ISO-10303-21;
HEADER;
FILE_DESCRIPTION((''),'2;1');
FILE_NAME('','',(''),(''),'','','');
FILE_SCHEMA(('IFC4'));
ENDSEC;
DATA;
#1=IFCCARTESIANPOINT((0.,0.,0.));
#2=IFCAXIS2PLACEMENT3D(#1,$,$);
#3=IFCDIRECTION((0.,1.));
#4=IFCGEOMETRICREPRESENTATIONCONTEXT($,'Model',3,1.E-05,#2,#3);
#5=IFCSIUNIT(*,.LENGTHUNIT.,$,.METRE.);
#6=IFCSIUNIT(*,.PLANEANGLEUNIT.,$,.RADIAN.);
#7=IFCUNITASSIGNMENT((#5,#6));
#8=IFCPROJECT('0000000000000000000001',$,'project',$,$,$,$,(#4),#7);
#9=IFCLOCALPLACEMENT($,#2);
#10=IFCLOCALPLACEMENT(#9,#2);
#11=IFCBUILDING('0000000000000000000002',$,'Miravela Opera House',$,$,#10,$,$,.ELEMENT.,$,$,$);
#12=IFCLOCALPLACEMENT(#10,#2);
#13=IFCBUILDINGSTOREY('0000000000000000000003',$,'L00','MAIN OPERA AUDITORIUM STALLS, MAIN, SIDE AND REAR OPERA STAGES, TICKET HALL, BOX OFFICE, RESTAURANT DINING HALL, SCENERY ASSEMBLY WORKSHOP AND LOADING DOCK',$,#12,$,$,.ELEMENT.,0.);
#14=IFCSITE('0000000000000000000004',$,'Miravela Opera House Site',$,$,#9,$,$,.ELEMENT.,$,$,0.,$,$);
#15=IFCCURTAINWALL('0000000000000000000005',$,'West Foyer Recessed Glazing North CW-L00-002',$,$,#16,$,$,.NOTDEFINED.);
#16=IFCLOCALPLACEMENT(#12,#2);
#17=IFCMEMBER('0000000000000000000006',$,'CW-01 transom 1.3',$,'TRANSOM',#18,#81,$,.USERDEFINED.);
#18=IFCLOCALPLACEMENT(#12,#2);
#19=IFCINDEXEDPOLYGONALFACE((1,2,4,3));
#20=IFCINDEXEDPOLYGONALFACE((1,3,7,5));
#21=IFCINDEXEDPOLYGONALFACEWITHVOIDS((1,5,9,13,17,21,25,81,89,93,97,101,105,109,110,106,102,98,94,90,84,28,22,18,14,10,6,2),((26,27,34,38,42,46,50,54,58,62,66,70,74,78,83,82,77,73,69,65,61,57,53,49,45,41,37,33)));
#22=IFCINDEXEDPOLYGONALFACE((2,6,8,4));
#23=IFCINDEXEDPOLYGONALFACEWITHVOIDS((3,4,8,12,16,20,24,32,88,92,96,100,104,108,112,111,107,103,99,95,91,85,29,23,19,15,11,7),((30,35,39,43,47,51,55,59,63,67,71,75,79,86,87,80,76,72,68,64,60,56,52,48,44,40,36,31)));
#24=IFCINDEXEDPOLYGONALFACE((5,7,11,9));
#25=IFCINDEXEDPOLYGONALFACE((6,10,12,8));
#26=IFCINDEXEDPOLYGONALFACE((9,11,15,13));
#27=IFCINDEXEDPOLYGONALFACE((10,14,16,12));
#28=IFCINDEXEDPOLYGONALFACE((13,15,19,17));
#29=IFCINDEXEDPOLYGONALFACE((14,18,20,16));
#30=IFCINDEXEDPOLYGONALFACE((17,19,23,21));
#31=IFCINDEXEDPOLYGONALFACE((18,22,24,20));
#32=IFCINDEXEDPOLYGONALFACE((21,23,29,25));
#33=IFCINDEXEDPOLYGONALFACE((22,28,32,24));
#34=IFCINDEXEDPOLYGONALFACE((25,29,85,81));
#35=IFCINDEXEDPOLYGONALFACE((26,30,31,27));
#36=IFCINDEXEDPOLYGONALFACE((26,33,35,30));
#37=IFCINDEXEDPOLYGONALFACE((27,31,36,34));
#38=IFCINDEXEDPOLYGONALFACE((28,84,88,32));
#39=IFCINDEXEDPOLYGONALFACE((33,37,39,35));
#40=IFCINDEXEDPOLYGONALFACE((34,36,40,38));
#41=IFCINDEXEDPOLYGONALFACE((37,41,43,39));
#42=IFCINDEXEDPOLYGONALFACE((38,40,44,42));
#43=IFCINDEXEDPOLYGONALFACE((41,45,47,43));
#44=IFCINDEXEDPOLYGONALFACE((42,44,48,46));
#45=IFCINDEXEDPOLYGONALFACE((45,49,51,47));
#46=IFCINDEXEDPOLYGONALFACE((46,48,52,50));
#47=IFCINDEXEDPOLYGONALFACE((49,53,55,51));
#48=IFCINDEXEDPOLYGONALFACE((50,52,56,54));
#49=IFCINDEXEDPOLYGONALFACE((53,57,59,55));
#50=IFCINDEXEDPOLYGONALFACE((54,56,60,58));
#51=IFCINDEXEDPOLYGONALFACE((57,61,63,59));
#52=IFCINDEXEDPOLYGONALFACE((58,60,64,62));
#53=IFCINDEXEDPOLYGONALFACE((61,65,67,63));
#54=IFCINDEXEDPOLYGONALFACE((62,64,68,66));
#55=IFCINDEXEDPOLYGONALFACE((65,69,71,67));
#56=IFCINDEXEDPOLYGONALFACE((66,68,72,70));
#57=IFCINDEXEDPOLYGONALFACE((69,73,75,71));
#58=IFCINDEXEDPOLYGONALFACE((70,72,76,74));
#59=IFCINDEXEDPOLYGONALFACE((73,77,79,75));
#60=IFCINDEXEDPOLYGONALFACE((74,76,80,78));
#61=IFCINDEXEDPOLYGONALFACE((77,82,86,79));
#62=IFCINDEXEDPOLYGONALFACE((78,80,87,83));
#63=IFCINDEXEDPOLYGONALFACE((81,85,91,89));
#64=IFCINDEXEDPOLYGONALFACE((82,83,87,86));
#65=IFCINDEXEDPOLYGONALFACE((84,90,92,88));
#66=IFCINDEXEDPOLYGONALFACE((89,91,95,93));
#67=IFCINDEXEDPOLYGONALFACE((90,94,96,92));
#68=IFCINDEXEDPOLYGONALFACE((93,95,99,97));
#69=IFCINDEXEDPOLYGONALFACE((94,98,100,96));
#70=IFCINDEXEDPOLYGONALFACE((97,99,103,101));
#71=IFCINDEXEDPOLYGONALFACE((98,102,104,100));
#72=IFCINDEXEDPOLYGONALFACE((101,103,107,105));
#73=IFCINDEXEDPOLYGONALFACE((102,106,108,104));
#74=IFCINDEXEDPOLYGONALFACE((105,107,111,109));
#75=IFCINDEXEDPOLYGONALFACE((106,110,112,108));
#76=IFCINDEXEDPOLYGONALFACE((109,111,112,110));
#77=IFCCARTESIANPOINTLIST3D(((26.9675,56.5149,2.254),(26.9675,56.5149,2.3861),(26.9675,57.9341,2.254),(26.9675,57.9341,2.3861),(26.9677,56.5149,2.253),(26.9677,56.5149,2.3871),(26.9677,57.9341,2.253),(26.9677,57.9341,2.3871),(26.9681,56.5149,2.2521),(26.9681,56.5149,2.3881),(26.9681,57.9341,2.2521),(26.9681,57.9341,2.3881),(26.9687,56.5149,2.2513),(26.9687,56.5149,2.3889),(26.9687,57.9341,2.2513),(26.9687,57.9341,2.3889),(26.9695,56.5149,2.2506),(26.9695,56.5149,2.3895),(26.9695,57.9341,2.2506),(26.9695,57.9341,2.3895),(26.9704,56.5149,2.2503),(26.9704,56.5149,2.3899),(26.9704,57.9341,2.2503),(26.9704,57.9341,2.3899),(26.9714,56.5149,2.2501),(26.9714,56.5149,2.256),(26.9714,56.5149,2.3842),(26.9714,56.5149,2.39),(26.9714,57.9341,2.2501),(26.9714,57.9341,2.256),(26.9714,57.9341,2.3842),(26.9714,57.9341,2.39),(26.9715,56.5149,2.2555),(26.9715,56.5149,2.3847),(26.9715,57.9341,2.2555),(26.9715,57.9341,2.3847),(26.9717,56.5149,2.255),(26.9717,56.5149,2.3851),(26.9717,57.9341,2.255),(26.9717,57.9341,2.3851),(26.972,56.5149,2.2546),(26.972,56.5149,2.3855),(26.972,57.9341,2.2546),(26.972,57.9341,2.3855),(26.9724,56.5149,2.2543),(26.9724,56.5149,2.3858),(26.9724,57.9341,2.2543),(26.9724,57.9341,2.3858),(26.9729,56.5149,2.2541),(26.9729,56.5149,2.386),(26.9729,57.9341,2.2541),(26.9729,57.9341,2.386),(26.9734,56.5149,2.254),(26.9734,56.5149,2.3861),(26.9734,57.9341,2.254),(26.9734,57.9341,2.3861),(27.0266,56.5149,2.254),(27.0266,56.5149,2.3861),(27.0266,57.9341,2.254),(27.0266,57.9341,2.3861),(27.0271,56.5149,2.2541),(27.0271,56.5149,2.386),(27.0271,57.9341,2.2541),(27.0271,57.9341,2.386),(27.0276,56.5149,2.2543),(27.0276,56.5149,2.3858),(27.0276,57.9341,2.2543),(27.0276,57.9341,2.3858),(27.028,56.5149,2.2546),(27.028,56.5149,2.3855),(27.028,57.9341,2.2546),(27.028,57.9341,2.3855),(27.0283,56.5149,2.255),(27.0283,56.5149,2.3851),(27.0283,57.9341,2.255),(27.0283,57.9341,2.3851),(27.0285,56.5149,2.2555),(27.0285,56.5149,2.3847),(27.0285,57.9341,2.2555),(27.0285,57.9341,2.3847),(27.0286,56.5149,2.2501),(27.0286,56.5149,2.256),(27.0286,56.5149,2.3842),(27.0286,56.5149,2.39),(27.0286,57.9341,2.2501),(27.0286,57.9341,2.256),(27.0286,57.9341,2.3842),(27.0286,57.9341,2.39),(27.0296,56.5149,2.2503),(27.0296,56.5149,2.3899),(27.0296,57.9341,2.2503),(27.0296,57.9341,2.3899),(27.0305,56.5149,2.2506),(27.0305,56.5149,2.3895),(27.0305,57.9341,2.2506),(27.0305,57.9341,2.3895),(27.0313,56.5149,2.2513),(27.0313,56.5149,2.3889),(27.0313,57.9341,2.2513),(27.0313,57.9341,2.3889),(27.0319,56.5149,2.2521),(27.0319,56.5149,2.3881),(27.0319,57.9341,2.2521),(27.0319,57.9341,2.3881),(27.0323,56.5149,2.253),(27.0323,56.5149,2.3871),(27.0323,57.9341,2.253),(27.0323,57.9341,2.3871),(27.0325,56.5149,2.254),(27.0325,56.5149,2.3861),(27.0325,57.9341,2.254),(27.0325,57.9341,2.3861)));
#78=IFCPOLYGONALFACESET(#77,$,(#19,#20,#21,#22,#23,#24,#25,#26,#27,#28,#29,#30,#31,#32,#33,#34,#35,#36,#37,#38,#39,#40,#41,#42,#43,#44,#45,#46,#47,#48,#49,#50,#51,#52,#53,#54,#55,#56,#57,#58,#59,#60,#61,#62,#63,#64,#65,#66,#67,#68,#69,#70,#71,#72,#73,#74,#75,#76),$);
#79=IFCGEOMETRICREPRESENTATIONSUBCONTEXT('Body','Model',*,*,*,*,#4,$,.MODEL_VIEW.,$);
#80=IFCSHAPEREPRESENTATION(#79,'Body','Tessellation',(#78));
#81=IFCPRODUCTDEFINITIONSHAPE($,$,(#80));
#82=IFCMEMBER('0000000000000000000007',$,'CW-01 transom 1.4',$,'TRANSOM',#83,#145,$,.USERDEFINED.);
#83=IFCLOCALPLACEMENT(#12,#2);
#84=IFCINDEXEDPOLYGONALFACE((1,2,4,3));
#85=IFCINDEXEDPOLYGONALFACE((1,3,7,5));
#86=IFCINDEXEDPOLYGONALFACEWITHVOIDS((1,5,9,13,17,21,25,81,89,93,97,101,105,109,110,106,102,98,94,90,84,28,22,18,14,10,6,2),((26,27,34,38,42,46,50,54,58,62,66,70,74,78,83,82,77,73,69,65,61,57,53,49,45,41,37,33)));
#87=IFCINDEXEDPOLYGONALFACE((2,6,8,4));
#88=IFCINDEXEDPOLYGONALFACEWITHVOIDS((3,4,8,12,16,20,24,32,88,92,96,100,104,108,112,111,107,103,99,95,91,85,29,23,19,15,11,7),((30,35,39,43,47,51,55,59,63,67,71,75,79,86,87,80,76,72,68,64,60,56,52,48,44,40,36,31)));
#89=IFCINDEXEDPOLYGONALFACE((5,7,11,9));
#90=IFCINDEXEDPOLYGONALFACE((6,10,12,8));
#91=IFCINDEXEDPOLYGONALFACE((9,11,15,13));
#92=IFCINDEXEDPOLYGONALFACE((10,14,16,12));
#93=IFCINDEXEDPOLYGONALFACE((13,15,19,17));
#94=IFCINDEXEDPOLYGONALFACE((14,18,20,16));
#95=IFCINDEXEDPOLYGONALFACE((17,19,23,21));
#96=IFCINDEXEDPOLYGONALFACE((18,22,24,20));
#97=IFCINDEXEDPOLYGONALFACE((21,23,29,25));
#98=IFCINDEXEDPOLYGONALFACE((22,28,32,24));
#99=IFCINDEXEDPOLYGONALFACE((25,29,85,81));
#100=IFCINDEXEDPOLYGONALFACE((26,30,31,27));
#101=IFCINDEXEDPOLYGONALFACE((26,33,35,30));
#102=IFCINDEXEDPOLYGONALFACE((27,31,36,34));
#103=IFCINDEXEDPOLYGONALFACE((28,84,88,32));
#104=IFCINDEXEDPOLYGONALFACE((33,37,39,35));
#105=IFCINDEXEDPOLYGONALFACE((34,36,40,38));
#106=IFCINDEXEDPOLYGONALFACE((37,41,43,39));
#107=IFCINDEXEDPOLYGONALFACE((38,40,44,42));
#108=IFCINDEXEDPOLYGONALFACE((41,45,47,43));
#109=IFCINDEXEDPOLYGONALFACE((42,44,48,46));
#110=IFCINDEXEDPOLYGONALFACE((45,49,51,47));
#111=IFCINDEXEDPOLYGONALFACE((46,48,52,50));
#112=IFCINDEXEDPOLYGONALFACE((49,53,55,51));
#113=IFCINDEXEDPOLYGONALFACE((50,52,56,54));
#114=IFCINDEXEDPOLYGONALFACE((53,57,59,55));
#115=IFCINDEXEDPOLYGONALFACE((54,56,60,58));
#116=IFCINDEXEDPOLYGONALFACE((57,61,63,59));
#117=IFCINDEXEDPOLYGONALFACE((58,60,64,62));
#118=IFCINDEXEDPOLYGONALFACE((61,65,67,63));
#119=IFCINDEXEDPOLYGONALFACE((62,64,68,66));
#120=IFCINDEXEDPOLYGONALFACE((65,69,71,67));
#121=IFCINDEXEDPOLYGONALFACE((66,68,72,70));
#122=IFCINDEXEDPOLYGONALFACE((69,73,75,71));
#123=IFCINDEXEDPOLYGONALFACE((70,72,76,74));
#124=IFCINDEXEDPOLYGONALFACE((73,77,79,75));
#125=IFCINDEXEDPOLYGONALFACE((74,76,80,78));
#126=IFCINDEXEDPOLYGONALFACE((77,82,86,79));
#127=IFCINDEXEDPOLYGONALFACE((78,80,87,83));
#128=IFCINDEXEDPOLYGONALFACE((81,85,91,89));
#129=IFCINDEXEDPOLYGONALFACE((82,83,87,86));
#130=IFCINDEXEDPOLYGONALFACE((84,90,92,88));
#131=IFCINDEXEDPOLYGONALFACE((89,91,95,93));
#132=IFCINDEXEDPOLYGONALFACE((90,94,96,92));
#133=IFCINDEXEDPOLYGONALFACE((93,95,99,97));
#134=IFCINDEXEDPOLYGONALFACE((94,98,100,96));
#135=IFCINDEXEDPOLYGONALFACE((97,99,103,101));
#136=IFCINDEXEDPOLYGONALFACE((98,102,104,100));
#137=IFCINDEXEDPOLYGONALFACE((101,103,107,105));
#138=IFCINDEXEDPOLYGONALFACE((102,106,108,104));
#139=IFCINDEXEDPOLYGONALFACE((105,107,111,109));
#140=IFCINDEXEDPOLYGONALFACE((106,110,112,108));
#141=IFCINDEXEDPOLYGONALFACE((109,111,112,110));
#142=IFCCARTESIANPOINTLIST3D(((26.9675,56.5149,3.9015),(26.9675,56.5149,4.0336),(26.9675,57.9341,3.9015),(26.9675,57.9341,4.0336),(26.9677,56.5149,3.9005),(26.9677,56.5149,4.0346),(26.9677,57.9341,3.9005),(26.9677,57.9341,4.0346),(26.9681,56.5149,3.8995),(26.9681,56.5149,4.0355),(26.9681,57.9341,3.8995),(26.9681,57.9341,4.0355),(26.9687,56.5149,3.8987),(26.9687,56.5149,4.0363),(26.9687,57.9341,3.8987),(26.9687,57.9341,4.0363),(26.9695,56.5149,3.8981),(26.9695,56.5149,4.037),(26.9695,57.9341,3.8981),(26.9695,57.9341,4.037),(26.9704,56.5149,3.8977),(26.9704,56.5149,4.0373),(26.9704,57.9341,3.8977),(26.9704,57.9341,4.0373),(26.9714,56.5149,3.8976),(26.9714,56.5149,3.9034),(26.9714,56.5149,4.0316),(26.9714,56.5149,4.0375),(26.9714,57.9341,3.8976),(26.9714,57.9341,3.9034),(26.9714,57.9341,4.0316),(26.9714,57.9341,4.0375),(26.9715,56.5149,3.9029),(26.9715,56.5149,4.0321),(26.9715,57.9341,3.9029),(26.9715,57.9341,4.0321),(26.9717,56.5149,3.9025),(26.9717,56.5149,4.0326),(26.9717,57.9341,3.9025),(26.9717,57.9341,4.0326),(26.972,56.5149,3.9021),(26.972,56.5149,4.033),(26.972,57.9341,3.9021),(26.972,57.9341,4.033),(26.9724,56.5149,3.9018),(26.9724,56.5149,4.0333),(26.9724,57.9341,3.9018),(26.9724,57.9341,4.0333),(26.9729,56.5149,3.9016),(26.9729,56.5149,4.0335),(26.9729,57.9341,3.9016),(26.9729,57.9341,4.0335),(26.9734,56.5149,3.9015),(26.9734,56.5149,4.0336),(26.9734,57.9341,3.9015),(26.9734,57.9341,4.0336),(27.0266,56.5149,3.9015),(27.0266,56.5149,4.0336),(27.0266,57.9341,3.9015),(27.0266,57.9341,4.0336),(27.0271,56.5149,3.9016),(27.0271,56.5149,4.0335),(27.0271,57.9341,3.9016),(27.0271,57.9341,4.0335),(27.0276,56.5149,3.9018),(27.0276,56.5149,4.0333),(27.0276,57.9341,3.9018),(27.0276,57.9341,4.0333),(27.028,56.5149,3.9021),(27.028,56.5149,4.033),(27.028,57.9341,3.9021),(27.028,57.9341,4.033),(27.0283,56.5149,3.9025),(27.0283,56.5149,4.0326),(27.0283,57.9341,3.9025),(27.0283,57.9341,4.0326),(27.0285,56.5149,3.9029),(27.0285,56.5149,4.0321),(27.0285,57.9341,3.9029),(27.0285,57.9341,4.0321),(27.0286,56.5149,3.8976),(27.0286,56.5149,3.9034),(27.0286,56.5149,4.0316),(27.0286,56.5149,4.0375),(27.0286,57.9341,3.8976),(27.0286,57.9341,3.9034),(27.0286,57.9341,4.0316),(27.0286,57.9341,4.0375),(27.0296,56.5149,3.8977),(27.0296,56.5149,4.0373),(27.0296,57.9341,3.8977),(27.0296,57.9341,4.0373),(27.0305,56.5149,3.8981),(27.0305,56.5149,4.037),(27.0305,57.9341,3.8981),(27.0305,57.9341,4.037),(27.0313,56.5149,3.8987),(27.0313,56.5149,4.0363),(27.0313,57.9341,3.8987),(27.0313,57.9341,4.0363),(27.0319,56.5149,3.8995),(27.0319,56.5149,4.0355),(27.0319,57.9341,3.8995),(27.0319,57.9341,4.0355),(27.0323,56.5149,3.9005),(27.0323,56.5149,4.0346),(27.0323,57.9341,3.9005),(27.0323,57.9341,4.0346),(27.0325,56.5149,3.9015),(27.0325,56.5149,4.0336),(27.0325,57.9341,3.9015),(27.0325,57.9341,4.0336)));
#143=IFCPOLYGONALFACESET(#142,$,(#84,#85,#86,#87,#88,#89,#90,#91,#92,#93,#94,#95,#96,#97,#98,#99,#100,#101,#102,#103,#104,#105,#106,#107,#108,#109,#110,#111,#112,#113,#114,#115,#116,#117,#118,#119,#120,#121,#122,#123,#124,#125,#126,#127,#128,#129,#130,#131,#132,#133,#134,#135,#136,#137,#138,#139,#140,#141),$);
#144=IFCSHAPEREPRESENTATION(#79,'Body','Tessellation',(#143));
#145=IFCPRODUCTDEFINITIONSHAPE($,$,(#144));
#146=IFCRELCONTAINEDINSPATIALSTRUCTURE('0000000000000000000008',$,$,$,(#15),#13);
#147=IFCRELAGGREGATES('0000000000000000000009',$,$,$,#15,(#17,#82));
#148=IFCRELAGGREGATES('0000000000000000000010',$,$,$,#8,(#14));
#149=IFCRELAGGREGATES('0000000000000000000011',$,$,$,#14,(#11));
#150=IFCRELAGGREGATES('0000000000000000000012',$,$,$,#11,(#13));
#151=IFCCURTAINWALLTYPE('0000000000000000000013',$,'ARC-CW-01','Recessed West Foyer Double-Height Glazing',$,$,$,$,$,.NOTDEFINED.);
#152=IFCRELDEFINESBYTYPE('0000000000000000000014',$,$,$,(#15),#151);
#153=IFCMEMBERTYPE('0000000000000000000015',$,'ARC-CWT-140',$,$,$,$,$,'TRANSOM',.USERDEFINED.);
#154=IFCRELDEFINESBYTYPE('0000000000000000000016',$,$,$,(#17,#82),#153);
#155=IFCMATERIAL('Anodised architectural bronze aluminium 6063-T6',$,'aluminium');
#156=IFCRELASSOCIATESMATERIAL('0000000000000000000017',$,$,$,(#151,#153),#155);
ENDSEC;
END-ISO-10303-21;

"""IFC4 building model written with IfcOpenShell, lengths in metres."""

from ifc_helpers import new_model, si_unit, direction, frame, origin, origin_2d, place, context, subcontext, project, spatial, hollow_rectangle, extrude, material, material_profile, profile_set, type_object, element, aggregate, save


model = new_model("IFC4")

# Units and contexts
model_context = context("Model", 3, precision=1e-05, world=origin(), true_north=direction((0.0, 1.0)))
body_context = subcontext(model_context, "Body", "Model", "MODEL_VIEW")
ifc_project = project(units=[si_unit("LENGTHUNIT", "METRE"), si_unit("PLANEANGLEUNIT", "RADIAN")], contexts=[model_context])

# Site, building, storey
site_placement = place(None, origin())
site = spatial("IfcSite", under=ifc_project, at=site_placement, Name="Miravela Opera House Site", CompositionType="ELEMENT", RefElevation=0.0)
building_placement = place(site_placement, origin())
building = spatial("IfcBuilding", under=site, at=building_placement, Name="Miravela Opera House", CompositionType="ELEMENT")
storey_placement = place(building_placement, origin())
storey = spatial("IfcBuildingStorey", under=building, at=storey_placement, Name="L00", Description="MAIN OPERA AUDITORIUM STALLS, MAIN, SIDE AND REAR OPERA STAGES, TICKET HALL, BOX OFFICE, RESTAURANT DINING HALL, SCENERY ASSEMBLY WORKSHOP AND LOADING DOCK", CompositionType="ELEMENT", Elevation=0.0)

# Curtain wall
ifc_material_1 = material(Name="Anodised architectural bronze aluminium 6063-T6", Category="aluminium")
curtain_wall_type = type_object("IfcCurtainWallType", Name="ARC-CW-01", Description="Recessed West Foyer Double-Height Glazing", PredefinedType="NOTDEFINED", material=ifc_material_1)
curtain_wall_1_placement = place(storey_placement, origin())
curtain_wall_1 = element("IfcCurtainWall", 1, at=curtain_wall_1_placement, inside=storey, type_object=curtain_wall_type, Name="West Foyer Recessed Glazing North CW-L00-002", PredefinedType="NOTDEFINED")

# Members
ifc_material_profile_1 = material_profile(ifc_material_1, hollow_rectangle(XDim=0.0649, YDim=0.1399, WallThickness=0.0039, InnerFilletRadius=0.002, OuterFilletRadius=0.0039, at=origin_2d()), Name="CWT-65X140")
ifc_profile_set_1 = profile_set([ifc_material_profile_1])
member_type_1 = type_object("IfcMemberType", Name="ARC-CWT-140", ElementType="TRANSOM", PredefinedType="USERDEFINED", material=ifc_profile_set_1)
member_1_placement = place(storey_placement, frame((27.0, 56.5149, 2.3201), z_axis=(0.0, 1.0, 0.0), x_axis=(-1.0, 0.0, 0.0)))
member_1 = element("IfcMember", 2, at=member_1_placement, type_object=member_type_1, Name="CW-01 transom 1.3", ObjectType="TRANSOM", PredefinedType="USERDEFINED", context=body_context, shape_type="SweptSolid", body=[
    extrude(hollow_rectangle(XDim=0.0649, YDim=0.1399, WallThickness=0.0039, InnerFilletRadius=0.002, OuterFilletRadius=0.0039, at=origin_2d()), origin(), (0.0, 0.0, 1.0), 1.4192),
])
member_2_placement = place(storey_placement, frame((27.0, 56.5149, 3.9675), z_axis=(0.0, 1.0, 0.0), x_axis=(-1.0, 0.0, 0.0)))
member_2 = element("IfcMember", 3, at=member_2_placement, type_object=member_type_1, Name="CW-01 transom 1.4", ObjectType="TRANSOM", PredefinedType="USERDEFINED", context=body_context, shape_type="SweptSolid", body=[
    extrude(hollow_rectangle(XDim=0.0649, YDim=0.1399, WallThickness=0.0039, InnerFilletRadius=0.002, OuterFilletRadius=0.0039, at=origin_2d()), origin(), (0.0, 0.0, 1.0), 1.4192),
])

aggregate(curtain_wall_1, [member_1, member_2])

save(model, "model.ifc")
